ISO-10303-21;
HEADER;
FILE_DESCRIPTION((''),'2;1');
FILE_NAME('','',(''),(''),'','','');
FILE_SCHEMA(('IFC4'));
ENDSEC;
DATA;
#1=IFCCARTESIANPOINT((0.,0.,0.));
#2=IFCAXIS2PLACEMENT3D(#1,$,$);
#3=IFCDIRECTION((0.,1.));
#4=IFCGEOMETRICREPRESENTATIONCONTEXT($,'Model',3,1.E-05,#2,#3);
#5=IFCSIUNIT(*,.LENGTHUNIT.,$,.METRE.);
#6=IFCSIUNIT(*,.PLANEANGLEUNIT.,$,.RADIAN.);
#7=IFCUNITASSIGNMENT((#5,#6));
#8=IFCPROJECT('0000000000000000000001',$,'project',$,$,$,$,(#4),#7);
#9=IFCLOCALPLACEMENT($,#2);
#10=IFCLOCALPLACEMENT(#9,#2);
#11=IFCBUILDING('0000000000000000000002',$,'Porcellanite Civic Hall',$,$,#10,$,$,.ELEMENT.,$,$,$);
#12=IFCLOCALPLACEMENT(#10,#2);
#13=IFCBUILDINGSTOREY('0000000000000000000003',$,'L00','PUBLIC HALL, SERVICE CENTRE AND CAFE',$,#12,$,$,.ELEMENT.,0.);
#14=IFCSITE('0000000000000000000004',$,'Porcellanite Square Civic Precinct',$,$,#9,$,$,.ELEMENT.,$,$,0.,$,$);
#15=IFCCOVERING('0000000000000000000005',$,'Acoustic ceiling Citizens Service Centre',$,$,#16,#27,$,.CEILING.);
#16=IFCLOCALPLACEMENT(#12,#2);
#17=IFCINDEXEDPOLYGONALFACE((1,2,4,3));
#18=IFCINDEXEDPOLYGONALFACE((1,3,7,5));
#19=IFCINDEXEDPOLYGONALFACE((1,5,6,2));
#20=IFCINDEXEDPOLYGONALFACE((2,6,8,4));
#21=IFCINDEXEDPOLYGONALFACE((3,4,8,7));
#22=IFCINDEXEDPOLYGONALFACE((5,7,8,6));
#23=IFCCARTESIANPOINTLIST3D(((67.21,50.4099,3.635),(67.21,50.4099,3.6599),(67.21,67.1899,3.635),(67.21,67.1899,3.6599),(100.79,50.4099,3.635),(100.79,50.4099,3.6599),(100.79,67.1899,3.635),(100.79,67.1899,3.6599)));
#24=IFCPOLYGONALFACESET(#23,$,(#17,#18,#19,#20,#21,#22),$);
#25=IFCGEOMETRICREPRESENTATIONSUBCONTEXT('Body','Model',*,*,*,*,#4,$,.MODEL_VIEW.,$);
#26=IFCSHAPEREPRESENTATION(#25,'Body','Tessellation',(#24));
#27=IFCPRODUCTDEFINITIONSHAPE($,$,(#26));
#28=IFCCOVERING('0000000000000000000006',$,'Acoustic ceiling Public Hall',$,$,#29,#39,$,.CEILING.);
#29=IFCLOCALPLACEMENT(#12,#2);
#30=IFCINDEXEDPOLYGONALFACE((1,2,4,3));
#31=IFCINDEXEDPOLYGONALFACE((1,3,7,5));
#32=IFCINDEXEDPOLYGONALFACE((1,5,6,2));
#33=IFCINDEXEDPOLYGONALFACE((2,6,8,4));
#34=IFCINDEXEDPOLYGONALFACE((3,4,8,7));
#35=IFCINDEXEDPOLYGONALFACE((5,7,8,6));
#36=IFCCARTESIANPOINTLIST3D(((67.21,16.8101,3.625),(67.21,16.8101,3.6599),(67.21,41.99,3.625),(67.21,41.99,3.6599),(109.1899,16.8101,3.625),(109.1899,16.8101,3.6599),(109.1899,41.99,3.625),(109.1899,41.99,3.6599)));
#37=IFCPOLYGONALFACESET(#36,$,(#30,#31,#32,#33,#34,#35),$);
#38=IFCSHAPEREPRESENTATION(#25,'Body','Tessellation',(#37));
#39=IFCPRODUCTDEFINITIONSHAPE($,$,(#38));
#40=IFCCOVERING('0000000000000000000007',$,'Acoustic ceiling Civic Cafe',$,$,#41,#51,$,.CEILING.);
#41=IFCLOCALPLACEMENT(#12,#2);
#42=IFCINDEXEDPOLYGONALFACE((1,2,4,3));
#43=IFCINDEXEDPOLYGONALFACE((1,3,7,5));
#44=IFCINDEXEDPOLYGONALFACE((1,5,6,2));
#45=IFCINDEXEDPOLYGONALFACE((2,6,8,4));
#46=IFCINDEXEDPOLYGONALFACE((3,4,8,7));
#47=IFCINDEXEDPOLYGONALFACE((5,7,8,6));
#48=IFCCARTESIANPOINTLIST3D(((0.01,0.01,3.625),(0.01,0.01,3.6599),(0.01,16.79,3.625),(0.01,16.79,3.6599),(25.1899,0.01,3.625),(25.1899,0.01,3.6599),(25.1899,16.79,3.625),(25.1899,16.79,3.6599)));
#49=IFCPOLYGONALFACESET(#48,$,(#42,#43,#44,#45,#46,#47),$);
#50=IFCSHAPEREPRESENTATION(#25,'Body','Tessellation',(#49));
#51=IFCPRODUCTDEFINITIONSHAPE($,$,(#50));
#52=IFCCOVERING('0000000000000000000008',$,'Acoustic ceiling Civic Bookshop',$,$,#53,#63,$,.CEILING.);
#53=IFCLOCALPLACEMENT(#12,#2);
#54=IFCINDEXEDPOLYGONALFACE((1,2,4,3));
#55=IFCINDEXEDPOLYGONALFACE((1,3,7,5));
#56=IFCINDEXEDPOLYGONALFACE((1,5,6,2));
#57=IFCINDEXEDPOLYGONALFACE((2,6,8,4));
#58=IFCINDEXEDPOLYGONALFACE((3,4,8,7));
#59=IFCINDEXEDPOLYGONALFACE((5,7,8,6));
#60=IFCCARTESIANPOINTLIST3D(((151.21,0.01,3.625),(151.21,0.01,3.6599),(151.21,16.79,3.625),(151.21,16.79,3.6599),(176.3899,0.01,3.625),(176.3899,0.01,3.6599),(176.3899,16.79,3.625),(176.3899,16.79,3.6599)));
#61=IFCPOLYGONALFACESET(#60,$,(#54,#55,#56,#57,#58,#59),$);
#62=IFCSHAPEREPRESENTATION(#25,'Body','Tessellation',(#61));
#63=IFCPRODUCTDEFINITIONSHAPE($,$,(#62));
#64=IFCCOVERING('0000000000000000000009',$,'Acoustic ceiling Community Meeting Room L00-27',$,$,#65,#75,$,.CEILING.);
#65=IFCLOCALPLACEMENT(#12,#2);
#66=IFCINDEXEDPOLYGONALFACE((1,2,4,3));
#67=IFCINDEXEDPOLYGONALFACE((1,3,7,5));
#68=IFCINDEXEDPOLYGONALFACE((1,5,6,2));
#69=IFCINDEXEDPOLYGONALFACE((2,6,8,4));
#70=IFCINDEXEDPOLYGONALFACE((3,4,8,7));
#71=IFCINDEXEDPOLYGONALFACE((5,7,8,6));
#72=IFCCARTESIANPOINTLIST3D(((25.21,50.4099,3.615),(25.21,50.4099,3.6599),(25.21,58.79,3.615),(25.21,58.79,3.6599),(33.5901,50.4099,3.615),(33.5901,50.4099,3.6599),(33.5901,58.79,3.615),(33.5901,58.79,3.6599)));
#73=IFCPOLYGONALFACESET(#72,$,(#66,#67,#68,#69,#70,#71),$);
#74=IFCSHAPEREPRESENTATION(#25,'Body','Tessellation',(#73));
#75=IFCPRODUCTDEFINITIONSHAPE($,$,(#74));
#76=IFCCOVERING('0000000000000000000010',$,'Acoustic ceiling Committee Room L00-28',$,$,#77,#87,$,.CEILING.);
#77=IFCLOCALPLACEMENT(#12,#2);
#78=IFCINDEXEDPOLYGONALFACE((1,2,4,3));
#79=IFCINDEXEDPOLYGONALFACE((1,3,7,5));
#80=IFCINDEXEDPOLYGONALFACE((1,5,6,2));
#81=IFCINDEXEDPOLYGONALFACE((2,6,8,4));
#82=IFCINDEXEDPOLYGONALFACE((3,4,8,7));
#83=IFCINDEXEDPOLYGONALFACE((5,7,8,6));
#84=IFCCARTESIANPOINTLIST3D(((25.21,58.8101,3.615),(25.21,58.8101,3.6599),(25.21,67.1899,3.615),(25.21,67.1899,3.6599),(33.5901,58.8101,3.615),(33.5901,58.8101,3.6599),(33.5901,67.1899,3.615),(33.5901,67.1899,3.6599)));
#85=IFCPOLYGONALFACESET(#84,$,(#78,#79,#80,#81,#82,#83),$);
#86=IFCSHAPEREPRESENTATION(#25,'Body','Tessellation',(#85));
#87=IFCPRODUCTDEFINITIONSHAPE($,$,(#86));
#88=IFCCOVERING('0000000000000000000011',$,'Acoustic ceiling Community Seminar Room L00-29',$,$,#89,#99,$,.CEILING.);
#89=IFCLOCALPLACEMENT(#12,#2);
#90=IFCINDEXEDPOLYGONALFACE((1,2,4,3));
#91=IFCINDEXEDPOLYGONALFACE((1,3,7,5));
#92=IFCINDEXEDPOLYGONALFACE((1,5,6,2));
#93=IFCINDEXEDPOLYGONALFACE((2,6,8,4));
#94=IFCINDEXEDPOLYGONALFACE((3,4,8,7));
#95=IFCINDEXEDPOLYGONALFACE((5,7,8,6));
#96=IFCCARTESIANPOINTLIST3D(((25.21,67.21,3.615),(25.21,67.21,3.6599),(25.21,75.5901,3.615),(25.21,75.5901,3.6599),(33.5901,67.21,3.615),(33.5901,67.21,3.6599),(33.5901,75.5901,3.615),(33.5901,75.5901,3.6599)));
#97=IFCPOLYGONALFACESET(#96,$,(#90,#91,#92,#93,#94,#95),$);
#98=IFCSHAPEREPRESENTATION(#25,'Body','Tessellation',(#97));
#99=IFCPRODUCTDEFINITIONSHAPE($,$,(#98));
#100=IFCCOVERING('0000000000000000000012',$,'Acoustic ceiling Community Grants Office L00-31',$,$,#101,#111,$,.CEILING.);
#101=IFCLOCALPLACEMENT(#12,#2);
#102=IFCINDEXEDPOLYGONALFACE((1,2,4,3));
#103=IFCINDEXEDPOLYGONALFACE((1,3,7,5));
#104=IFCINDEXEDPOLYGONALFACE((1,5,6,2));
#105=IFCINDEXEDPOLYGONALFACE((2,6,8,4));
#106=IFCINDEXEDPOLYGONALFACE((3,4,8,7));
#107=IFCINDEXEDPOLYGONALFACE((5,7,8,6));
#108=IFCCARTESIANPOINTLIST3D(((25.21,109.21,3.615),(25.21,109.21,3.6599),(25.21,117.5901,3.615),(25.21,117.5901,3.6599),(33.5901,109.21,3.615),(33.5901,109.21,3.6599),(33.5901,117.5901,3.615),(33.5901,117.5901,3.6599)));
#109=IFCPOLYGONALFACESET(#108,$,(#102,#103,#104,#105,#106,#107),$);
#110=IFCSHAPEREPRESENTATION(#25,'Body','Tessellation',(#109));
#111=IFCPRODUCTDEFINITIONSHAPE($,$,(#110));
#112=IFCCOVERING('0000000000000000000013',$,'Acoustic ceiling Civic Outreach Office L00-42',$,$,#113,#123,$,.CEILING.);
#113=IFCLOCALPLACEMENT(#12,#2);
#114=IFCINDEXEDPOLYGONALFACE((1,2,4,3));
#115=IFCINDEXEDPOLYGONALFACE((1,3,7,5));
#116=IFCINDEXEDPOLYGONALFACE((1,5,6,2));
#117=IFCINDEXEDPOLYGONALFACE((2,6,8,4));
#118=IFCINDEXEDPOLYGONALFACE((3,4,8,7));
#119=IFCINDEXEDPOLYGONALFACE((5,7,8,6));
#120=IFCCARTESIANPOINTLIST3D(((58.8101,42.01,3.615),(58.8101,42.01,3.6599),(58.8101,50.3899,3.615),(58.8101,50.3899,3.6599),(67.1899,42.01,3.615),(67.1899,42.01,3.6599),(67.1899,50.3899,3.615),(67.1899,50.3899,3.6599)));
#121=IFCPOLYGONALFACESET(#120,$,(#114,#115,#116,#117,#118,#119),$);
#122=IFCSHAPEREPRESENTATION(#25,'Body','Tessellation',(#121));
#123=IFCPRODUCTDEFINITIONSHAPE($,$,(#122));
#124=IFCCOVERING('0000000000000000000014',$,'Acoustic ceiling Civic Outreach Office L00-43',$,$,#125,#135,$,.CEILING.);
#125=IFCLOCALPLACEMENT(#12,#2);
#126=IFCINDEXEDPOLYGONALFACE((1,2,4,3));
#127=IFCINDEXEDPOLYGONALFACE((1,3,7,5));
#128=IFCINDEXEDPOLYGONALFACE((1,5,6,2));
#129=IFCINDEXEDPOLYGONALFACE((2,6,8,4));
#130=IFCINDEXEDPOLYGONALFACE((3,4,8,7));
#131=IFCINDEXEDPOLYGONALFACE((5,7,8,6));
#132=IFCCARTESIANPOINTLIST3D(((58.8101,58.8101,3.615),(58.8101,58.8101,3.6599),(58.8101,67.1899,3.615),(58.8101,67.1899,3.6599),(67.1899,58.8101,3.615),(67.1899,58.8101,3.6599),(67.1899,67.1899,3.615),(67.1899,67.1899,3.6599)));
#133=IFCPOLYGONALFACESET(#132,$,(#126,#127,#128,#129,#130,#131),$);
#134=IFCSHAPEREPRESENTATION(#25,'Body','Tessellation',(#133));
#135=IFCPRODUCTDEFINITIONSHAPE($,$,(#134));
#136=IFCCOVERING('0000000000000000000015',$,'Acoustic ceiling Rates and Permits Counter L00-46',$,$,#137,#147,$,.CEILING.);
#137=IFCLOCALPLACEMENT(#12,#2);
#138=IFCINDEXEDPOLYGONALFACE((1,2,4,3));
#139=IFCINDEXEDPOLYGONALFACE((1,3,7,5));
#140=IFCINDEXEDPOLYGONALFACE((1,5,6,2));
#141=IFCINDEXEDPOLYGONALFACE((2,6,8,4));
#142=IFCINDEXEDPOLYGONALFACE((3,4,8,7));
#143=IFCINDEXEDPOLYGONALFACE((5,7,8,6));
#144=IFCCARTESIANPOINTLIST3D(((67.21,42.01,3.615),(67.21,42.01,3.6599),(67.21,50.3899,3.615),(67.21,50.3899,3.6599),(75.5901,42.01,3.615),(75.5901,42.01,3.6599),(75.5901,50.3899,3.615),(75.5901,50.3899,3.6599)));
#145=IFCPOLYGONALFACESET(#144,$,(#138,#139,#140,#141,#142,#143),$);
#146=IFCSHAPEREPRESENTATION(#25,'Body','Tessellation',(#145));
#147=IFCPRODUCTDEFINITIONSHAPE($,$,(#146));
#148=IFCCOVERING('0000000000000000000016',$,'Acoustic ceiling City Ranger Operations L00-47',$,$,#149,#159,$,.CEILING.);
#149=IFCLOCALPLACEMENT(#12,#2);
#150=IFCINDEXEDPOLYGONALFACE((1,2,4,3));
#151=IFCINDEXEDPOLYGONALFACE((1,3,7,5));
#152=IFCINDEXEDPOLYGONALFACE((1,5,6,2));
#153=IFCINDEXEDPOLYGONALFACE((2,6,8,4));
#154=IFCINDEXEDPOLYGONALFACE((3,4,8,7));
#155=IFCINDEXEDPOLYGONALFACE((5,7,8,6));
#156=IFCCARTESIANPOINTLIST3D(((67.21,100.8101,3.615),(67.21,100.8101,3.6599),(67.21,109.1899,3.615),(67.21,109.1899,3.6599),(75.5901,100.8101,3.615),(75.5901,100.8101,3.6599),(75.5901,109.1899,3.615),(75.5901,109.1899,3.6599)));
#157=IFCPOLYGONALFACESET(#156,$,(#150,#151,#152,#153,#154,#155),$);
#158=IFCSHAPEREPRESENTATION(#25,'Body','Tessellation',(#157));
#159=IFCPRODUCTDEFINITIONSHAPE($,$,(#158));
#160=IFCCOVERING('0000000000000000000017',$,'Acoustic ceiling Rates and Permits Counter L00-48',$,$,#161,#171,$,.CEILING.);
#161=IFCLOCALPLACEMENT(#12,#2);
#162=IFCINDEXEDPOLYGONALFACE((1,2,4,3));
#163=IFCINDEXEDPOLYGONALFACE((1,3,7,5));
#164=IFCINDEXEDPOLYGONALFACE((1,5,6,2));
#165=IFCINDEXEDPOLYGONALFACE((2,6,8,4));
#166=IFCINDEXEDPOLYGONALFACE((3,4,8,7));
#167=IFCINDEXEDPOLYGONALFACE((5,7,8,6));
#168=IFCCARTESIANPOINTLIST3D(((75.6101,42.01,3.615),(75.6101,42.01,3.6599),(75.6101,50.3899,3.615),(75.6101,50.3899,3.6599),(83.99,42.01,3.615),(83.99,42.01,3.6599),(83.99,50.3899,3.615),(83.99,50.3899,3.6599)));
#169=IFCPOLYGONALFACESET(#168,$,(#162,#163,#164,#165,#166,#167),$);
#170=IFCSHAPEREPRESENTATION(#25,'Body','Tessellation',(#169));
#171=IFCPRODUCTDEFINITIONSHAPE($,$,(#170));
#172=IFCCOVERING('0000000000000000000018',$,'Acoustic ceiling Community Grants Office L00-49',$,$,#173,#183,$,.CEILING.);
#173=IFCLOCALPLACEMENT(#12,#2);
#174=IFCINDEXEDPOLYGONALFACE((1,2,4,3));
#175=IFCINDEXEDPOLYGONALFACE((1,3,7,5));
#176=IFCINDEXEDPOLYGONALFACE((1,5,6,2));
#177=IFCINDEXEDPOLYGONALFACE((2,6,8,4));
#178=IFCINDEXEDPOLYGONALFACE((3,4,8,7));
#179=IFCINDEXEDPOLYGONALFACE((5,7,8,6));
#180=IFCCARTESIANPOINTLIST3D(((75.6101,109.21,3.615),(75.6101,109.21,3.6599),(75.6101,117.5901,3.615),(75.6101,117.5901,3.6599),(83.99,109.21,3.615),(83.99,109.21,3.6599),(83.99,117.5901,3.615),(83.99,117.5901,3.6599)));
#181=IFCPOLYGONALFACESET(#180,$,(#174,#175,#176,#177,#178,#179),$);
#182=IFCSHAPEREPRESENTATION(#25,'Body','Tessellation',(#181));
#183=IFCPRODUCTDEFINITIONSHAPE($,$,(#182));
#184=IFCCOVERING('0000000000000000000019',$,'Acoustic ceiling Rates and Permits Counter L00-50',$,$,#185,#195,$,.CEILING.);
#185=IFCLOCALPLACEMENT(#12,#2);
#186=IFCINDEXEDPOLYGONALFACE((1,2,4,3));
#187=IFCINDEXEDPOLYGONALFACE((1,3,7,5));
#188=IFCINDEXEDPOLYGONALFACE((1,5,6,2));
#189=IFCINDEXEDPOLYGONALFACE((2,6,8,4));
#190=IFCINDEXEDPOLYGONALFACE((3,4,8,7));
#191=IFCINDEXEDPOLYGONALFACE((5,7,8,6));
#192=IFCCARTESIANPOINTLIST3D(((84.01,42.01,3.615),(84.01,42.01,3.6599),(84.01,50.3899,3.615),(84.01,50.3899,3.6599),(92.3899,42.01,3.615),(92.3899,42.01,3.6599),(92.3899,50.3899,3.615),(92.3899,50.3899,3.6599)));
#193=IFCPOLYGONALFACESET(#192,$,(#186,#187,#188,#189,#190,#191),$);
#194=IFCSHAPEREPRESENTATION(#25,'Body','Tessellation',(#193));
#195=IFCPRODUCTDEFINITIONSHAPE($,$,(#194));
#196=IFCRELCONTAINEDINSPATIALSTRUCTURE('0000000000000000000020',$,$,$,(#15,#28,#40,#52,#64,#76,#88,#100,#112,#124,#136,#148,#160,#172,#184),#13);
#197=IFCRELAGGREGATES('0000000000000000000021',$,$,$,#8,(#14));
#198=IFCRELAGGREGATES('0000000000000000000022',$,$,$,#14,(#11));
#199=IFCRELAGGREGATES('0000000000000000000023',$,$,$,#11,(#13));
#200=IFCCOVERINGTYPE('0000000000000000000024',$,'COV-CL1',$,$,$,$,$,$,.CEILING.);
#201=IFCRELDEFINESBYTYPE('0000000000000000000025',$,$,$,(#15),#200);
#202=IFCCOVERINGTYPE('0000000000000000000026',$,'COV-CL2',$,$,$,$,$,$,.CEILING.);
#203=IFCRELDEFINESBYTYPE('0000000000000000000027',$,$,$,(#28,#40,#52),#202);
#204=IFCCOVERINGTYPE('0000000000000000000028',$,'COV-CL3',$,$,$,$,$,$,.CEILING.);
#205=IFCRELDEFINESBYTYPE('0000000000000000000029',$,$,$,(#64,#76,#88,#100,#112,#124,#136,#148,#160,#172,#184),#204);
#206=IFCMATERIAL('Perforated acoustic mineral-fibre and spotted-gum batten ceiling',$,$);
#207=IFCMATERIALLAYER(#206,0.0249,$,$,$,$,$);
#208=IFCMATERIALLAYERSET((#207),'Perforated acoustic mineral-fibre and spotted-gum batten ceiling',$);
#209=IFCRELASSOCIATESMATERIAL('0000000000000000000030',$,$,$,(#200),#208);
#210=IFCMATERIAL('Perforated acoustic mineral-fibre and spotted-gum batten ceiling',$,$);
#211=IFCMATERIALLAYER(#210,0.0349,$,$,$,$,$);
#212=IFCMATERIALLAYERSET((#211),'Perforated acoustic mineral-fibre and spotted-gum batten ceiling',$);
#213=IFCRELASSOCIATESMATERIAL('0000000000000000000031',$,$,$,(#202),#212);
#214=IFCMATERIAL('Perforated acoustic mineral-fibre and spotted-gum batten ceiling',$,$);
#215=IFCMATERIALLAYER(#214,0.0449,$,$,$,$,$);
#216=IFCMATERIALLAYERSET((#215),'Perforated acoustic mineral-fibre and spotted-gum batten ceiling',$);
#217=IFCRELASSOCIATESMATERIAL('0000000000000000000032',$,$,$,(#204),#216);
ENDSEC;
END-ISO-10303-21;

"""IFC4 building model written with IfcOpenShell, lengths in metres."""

from ifc_helpers import new_model, si_unit, direction, frame, origin, place, context, subcontext, project, spatial, polyline, outline, extrude, material, layer, layer_set, type_object, element, save


model = new_model("IFC4")

# Units and contexts
model_context = context("Model", 3, precision=1e-05, world=origin(), true_north=direction((0.0, 1.0)))
body_context = subcontext(model_context, "Body", "Model", "MODEL_VIEW")
ifc_project = project(units=[si_unit("LENGTHUNIT", "METRE"), si_unit("PLANEANGLEUNIT", "RADIAN")], contexts=[model_context])

# Site, building, storey
site_placement = place(None, origin())
site = spatial("IfcSite", under=ifc_project, at=site_placement, Name="Porcellanite Square Civic Precinct", CompositionType="ELEMENT", RefElevation=0.0)
building_placement = place(site_placement, origin())
building = spatial("IfcBuilding", under=site, at=building_placement, Name="Porcellanite Civic Hall", CompositionType="ELEMENT")
storey_placement = place(building_placement, origin())
storey = spatial("IfcBuildingStorey", under=building, at=storey_placement, Name="L00", Description="PUBLIC HALL, SERVICE CENTRE AND CAFE", CompositionType="ELEMENT", Elevation=0.0)

# Coverings
ifc_material_1 = material(Name="Perforated acoustic mineral-fibre and spotted-gum batten ceiling")
ifc_layer_1 = layer(ifc_material_1, 0.0249)
ifc_layer_set_1 = layer_set([ifc_layer_1], Name="Perforated acoustic mineral-fibre and spotted-gum batten ceiling")
covering_type_1 = type_object("IfcCoveringType", Name="COV-CL1", PredefinedType="CEILING", material=ifc_layer_set_1)
covering_1_placement = place(storey_placement, frame((0.0, 0.0, 3.635)))
element("IfcCovering", 1, at=covering_1_placement, inside=storey, type_object=covering_type_1, Name="Acoustic ceiling Citizens Service Centre", PredefinedType="CEILING", context=body_context, shape_type="SweptSolid", body=[
    extrude(outline(polyline([(67.21, 50.4099), (100.79, 50.4099), (100.79, 67.1899), (67.21, 67.1899), (67.21, 50.4099)])), origin(), (0.0, 0.0, 1.0), 0.0249),
])
ifc_material_2 = material(Name="Perforated acoustic mineral-fibre and spotted-gum batten ceiling")
ifc_layer_2 = layer(ifc_material_2, 0.0349)
ifc_layer_set_2 = layer_set([ifc_layer_2], Name="Perforated acoustic mineral-fibre and spotted-gum batten ceiling")
covering_type_2 = type_object("IfcCoveringType", Name="COV-CL2", PredefinedType="CEILING", material=ifc_layer_set_2)
covering_2_placement = place(storey_placement, frame((0.0, 0.0, 3.625)))
element("IfcCovering", 2, at=covering_2_placement, inside=storey, type_object=covering_type_2, Name="Acoustic ceiling Public Hall", PredefinedType="CEILING", context=body_context, shape_type="SweptSolid", body=[
    extrude(outline(polyline([(67.21, 16.8101), (109.1899, 16.8101), (109.1899, 41.99), (67.21, 41.99), (67.21, 16.8101)])), origin(), (0.0, 0.0, 1.0), 0.0349),
])
covering_3_placement = place(storey_placement, frame((0.0, 0.0, 3.625)))
element("IfcCovering", 3, at=covering_3_placement, inside=storey, type_object=covering_type_2, Name="Acoustic ceiling Civic Cafe", PredefinedType="CEILING", context=body_context, shape_type="SweptSolid", body=[
    extrude(outline(polyline([(0.01, 0.01), (25.1899, 0.01), (25.1899, 16.79), (0.01, 16.79), (0.01, 0.01)])), origin(), (0.0, 0.0, 1.0), 0.0349),
])
covering_4_placement = place(storey_placement, frame((0.0, 0.0, 3.625)))
element("IfcCovering", 4, at=covering_4_placement, inside=storey, type_object=covering_type_2, Name="Acoustic ceiling Civic Bookshop", PredefinedType="CEILING", context=body_context, shape_type="SweptSolid", body=[
    extrude(outline(polyline([(151.21, 0.01), (176.3899, 0.01), (176.3899, 16.79), (151.21, 16.79), (151.21, 0.01)])), origin(), (0.0, 0.0, 1.0), 0.0349),
])
ifc_material_3 = material(Name="Perforated acoustic mineral-fibre and spotted-gum batten ceiling")
ifc_layer_3 = layer(ifc_material_3, 0.0449)
ifc_layer_set_3 = layer_set([ifc_layer_3], Name="Perforated acoustic mineral-fibre and spotted-gum batten ceiling")
covering_type_3 = type_object("IfcCoveringType", Name="COV-CL3", PredefinedType="CEILING", material=ifc_layer_set_3)
covering_5_placement = place(storey_placement, frame((0.0, 0.0, 3.615)))
element("IfcCovering", 5, at=covering_5_placement, inside=storey, type_object=covering_type_3, Name="Acoustic ceiling Community Meeting Room L00-27", PredefinedType="CEILING", context=body_context, shape_type="SweptSolid", body=[
    extrude(outline(polyline([(25.21, 50.4099), (33.5901, 50.4099), (33.5901, 58.79), (25.21, 58.79), (25.21, 50.4099)])), origin(), (0.0, 0.0, 1.0), 0.0449),
])
covering_6_placement = place(storey_placement, frame((0.0, 0.0, 3.615)))
element("IfcCovering", 6, at=covering_6_placement, inside=storey, type_object=covering_type_3, Name="Acoustic ceiling Committee Room L00-28", PredefinedType="CEILING", context=body_context, shape_type="SweptSolid", body=[
    extrude(outline(polyline([(25.21, 58.8101), (33.5901, 58.8101), (33.5901, 67.1899), (25.21, 67.1899), (25.21, 58.8101)])), origin(), (0.0, 0.0, 1.0), 0.0449),
])
covering_7_placement = place(storey_placement, frame((0.0, 0.0, 3.615)))
element("IfcCovering", 7, at=covering_7_placement, inside=storey, type_object=covering_type_3, Name="Acoustic ceiling Community Seminar Room L00-29", PredefinedType="CEILING", context=body_context, shape_type="SweptSolid", body=[
    extrude(outline(polyline([(25.21, 67.21), (33.5901, 67.21), (33.5901, 75.5901), (25.21, 75.5901), (25.21, 67.21)])), origin(), (0.0, 0.0, 1.0), 0.0449),
])
covering_8_placement = place(storey_placement, frame((0.0, 0.0, 3.615)))
element("IfcCovering", 8, at=covering_8_placement, inside=storey, type_object=covering_type_3, Name="Acoustic ceiling Community Grants Office L00-31", PredefinedType="CEILING", context=body_context, shape_type="SweptSolid", body=[
    extrude(outline(polyline([(25.21, 109.21), (33.5901, 109.21), (33.5901, 117.5901), (25.21, 117.5901), (25.21, 109.21)])), origin(), (0.0, 0.0, 1.0), 0.0449),
])
covering_9_placement = place(storey_placement, frame((0.0, 0.0, 3.615)))
element("IfcCovering", 9, at=covering_9_placement, inside=storey, type_object=covering_type_3, Name="Acoustic ceiling Civic Outreach Office L00-42", PredefinedType="CEILING", context=body_context, shape_type="SweptSolid", body=[
    extrude(outline(polyline([(58.8101, 42.01), (67.1899, 42.01), (67.1899, 50.3899), (58.8101, 50.3899), (58.8101, 42.01)])), origin(), (0.0, 0.0, 1.0), 0.0449),
])
covering_10_placement = place(storey_placement, frame((0.0, 0.0, 3.615)))
element("IfcCovering", 10, at=covering_10_placement, inside=storey, type_object=covering_type_3, Name="Acoustic ceiling Civic Outreach Office L00-43", PredefinedType="CEILING", context=body_context, shape_type="SweptSolid", body=[
    extrude(outline(polyline([(58.8101, 58.8101), (67.1899, 58.8101), (67.1899, 67.1899), (58.8101, 67.1899), (58.8101, 58.8101)])), origin(), (0.0, 0.0, 1.0), 0.0449),
])
covering_11_placement = place(storey_placement, frame((0.0, 0.0, 3.615)))
element("IfcCovering", 11, at=covering_11_placement, inside=storey, type_object=covering_type_3, Name="Acoustic ceiling Rates and Permits Counter L00-46", PredefinedType="CEILING", context=body_context, shape_type="SweptSolid", body=[
    extrude(outline(polyline([(67.21, 42.01), (75.5901, 42.01), (75.5901, 50.3899), (67.21, 50.3899), (67.21, 42.01)])), origin(), (0.0, 0.0, 1.0), 0.0449),
])
covering_12_placement = place(storey_placement, frame((0.0, 0.0, 3.615)))
element("IfcCovering", 12, at=covering_12_placement, inside=storey, type_object=covering_type_3, Name="Acoustic ceiling City Ranger Operations L00-47", PredefinedType="CEILING", context=body_context, shape_type="SweptSolid", body=[
    extrude(outline(polyline([(67.21, 100.8101), (75.5901, 100.8101), (75.5901, 109.1899), (67.21, 109.1899), (67.21, 100.8101)])), origin(), (0.0, 0.0, 1.0), 0.0449),
])
covering_13_placement = place(storey_placement, frame((0.0, 0.0, 3.615)))
element("IfcCovering", 13, at=covering_13_placement, inside=storey, type_object=covering_type_3, Name="Acoustic ceiling Rates and Permits Counter L00-48", PredefinedType="CEILING", context=body_context, shape_type="SweptSolid", body=[
    extrude(outline(polyline([(75.6101, 42.01), (83.99, 42.01), (83.99, 50.3899), (75.6101, 50.3899), (75.6101, 42.01)])), origin(), (0.0, 0.0, 1.0), 0.0449),
])
covering_14_placement = place(storey_placement, frame((0.0, 0.0, 3.615)))
element("IfcCovering", 14, at=covering_14_placement, inside=storey, type_object=covering_type_3, Name="Acoustic ceiling Community Grants Office L00-49", PredefinedType="CEILING", context=body_context, shape_type="SweptSolid", body=[
    extrude(outline(polyline([(75.6101, 109.21), (83.99, 109.21), (83.99, 117.5901), (75.6101, 117.5901), (75.6101, 109.21)])), origin(), (0.0, 0.0, 1.0), 0.0449),
])
covering_15_placement = place(storey_placement, frame((0.0, 0.0, 3.615)))
element("IfcCovering", 15, at=covering_15_placement, inside=storey, type_object=covering_type_3, Name="Acoustic ceiling Rates and Permits Counter L00-50", PredefinedType="CEILING", context=body_context, shape_type="SweptSolid", body=[
    extrude(outline(polyline([(84.01, 42.01), (92.3899, 42.01), (92.3899, 50.3899), (84.01, 50.3899), (84.01, 42.01)])), origin(), (0.0, 0.0, 1.0), 0.0449),
])

save(model, "model.ifc")
